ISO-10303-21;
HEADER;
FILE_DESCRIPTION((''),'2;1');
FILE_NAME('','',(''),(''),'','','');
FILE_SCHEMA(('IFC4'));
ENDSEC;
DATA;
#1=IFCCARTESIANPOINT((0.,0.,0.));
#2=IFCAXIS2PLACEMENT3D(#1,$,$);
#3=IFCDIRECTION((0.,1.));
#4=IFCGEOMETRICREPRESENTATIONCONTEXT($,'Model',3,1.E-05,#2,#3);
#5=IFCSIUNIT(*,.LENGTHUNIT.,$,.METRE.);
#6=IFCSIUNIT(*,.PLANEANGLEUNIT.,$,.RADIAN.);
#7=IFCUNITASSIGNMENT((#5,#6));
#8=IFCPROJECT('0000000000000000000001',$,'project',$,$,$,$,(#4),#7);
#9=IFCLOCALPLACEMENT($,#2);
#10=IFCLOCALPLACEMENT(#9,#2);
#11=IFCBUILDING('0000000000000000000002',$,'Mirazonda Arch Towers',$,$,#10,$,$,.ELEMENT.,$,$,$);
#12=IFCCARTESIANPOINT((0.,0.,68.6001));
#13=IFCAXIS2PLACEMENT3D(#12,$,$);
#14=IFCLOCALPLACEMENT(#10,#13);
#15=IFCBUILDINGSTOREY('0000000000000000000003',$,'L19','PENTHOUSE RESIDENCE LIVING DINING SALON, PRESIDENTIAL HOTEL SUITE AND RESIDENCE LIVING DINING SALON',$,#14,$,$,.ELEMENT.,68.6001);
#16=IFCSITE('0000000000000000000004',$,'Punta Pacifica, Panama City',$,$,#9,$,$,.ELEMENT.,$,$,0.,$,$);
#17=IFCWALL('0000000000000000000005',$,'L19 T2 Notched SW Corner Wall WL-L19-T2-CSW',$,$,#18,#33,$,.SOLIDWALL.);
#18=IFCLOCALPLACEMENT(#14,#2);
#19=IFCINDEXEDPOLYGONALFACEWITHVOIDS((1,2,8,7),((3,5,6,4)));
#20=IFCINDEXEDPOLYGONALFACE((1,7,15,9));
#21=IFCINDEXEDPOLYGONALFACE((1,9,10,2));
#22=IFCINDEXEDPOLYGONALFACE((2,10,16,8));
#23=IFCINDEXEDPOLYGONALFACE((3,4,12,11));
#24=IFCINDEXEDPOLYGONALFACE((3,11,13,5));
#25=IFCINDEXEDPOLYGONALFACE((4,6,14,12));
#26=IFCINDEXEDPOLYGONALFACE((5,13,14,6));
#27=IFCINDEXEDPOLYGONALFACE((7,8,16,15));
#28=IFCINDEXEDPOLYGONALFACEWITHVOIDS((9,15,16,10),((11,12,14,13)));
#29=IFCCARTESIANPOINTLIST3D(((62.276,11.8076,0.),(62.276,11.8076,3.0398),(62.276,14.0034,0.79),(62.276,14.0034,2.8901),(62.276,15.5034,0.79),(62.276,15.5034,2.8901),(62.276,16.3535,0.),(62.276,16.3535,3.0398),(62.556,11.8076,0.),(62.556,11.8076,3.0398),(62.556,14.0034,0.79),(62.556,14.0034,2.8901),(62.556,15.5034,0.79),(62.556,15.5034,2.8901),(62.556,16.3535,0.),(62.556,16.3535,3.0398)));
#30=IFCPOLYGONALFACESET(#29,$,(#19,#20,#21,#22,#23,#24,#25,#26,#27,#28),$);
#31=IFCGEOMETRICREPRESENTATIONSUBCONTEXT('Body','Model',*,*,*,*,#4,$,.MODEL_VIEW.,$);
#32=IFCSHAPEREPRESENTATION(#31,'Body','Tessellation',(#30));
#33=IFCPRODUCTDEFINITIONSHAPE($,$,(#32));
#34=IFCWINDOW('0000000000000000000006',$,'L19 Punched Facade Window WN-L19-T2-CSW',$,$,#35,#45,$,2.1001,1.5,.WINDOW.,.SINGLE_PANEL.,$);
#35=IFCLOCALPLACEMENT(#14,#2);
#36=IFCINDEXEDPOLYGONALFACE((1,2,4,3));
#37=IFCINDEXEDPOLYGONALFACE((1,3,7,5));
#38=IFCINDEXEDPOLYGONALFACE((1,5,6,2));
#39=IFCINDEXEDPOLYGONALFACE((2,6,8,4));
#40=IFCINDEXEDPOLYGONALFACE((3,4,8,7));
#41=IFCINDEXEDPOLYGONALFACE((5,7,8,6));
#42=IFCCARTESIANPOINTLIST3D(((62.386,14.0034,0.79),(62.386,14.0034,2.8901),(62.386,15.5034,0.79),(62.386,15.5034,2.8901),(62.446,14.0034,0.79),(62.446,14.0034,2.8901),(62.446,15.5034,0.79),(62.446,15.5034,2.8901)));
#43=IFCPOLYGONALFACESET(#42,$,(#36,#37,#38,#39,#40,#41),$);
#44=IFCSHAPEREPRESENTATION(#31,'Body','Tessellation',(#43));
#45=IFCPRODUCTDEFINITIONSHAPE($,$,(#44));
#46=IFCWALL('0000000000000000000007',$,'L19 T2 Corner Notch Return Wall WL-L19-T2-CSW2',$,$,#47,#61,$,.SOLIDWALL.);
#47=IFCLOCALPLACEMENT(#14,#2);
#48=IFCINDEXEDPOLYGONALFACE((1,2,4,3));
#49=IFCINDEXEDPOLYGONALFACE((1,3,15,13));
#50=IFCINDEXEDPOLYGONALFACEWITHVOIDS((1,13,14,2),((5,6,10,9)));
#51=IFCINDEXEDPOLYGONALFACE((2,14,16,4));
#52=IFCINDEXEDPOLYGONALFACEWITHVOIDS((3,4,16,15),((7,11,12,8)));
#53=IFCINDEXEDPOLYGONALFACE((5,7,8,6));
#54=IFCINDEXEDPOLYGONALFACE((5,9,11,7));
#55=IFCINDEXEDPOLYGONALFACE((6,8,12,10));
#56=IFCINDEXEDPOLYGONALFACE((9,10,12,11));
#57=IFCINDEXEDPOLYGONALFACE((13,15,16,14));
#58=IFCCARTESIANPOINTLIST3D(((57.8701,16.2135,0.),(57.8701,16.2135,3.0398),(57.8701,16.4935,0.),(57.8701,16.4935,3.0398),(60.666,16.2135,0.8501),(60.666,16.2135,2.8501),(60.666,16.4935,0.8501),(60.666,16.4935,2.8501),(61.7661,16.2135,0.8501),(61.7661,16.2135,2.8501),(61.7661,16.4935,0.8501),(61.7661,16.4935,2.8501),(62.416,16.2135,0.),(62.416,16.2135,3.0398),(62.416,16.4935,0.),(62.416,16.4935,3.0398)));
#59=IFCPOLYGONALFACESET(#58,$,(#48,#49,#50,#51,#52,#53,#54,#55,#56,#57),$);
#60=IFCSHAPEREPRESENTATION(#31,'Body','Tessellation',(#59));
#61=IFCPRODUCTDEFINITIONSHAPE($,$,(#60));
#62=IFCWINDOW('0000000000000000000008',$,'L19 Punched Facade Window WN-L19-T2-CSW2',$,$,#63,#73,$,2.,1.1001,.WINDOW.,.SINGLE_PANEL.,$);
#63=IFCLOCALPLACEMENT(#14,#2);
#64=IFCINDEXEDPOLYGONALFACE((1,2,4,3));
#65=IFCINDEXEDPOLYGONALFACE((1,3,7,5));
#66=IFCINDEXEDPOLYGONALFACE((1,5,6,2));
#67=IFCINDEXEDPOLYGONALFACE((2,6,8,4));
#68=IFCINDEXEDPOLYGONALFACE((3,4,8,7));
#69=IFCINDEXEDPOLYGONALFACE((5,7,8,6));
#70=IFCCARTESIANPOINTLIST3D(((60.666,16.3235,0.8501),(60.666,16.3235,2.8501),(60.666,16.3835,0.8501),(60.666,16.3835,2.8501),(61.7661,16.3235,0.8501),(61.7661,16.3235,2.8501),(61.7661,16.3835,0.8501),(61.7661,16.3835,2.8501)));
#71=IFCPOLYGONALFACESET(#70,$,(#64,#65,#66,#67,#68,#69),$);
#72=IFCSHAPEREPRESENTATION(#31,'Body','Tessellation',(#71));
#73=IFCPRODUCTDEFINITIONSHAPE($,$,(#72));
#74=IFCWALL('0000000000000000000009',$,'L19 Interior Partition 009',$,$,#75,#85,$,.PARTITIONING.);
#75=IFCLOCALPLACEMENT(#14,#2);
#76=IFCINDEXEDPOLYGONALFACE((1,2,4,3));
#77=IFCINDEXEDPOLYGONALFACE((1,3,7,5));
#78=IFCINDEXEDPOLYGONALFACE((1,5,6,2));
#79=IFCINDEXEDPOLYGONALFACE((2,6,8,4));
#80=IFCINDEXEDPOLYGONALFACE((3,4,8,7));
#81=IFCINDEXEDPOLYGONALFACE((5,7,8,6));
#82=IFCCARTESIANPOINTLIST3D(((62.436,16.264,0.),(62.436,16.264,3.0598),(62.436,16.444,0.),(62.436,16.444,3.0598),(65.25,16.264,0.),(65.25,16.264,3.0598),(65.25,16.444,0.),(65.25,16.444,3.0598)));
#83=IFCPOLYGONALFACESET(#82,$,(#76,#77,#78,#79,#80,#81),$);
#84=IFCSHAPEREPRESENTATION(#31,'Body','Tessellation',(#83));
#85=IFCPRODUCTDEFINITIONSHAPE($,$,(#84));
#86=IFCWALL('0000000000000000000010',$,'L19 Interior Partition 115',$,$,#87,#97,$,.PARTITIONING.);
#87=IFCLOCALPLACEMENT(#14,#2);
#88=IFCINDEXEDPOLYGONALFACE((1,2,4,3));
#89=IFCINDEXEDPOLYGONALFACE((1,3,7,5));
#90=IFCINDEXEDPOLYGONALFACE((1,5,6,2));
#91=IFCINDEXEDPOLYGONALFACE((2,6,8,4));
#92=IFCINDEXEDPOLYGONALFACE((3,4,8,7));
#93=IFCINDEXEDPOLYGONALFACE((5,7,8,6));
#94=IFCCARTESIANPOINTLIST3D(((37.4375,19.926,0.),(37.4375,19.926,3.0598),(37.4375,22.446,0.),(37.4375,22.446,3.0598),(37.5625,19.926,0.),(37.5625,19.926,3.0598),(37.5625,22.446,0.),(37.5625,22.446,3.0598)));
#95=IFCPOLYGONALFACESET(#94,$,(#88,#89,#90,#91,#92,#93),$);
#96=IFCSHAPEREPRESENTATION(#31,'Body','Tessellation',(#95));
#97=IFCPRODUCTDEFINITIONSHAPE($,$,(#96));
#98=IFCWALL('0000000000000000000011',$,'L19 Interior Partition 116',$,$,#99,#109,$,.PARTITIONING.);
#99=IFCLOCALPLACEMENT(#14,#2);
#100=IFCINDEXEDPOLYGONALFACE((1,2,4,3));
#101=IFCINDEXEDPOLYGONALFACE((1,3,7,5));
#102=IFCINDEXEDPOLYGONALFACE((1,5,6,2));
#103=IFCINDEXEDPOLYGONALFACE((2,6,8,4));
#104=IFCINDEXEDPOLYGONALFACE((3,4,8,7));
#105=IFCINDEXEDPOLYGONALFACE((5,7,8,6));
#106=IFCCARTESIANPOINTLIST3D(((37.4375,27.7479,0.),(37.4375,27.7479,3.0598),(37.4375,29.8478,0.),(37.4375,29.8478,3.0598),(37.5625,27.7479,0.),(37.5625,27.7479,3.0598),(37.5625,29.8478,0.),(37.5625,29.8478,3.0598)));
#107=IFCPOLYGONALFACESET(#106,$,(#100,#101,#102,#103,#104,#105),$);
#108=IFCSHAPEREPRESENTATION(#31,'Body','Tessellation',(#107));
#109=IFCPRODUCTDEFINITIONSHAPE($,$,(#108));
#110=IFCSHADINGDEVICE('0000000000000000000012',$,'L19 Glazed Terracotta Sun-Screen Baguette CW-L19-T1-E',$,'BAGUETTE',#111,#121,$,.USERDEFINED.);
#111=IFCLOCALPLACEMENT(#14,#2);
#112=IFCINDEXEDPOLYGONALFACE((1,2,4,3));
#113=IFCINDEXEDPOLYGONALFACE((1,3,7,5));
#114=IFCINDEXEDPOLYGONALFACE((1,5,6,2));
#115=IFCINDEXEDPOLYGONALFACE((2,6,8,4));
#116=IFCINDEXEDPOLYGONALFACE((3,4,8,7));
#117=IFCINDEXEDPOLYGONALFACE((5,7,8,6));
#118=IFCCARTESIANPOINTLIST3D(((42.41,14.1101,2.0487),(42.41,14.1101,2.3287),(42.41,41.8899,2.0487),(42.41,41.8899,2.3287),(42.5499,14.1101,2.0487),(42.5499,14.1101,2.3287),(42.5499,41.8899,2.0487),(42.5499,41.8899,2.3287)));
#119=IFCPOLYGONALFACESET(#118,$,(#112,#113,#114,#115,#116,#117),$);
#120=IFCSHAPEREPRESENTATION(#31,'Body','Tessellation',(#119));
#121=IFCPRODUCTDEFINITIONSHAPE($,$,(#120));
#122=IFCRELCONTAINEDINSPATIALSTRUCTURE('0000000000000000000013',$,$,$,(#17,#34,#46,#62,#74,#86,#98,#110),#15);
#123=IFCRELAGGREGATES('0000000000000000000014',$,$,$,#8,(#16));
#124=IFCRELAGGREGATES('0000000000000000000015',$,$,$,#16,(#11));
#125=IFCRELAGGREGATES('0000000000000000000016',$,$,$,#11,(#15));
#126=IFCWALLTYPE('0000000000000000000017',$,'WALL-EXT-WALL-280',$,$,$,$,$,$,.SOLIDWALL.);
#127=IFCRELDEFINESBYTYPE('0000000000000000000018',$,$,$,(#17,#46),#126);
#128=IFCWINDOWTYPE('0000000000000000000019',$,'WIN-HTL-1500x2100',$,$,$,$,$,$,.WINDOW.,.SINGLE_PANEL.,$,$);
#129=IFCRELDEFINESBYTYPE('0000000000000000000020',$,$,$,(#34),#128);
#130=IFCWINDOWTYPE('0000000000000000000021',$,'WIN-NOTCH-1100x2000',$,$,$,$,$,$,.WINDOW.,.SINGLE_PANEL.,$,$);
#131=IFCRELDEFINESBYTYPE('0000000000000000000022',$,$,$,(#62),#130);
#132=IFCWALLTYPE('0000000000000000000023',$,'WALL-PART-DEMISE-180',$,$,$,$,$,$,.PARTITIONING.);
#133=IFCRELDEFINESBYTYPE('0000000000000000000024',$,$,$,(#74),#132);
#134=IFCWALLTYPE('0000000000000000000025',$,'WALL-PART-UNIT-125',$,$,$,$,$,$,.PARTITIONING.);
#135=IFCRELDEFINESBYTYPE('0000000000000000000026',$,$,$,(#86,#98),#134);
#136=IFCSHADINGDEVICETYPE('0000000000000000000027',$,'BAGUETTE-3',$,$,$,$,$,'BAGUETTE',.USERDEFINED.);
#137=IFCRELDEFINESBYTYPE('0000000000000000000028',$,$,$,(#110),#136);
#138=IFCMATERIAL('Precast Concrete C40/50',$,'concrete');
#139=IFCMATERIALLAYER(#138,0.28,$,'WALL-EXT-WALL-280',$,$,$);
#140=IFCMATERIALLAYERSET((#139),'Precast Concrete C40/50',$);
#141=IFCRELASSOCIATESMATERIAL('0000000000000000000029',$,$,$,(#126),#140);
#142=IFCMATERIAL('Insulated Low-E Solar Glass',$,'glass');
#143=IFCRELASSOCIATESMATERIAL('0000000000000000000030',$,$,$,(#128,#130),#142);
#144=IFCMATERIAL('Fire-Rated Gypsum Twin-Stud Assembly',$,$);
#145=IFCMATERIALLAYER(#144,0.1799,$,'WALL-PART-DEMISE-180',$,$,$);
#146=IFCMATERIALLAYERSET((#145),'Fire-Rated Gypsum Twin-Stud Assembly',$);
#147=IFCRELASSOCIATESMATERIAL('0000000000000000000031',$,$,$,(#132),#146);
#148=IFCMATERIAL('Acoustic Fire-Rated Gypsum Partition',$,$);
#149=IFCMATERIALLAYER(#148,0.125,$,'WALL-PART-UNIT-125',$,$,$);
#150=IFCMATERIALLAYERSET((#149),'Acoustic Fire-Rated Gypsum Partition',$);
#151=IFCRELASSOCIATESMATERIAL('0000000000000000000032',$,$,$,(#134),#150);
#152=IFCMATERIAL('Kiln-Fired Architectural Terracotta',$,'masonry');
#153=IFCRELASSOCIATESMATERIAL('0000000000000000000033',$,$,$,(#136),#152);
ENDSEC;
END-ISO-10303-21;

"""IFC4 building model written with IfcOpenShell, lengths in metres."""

from ifc_helpers import new_model, si_unit, direction, frame, frame_2d, origin, origin_2d, place, context, subcontext, project, spatial, rectangle, extrude, material, layer, layer_set, material_profile, profile_set, type_object, element, fill, save


model = new_model("IFC4")

# Units and contexts
model_context = context("Model", 3, precision=1e-05, world=origin(), true_north=direction((0.0, 1.0)))
body_context = subcontext(model_context, "Body", "Model", "MODEL_VIEW")
ifc_project = project(units=[si_unit("LENGTHUNIT", "METRE"), si_unit("PLANEANGLEUNIT", "RADIAN")], contexts=[model_context])

# Site, building, storey
site_placement = place(None, origin())
site = spatial("IfcSite", under=ifc_project, at=site_placement, Name="Punta Pacifica, Panama City", CompositionType="ELEMENT", RefElevation=0.0)
building_placement = place(site_placement, origin())
building = spatial("IfcBuilding", under=site, at=building_placement, Name="Mirazonda Arch Towers", CompositionType="ELEMENT")
storey_placement = place(building_placement, frame((0.0, 0.0, 68.6001)))
storey = spatial("IfcBuildingStorey", under=building, at=storey_placement, Name="L19", Description="PENTHOUSE RESIDENCE LIVING DINING SALON, PRESIDENTIAL HOTEL SUITE AND RESIDENCE LIVING DINING SALON", CompositionType="ELEMENT", Elevation=68.6001)

# Shared definitions
ifc_material_1 = material(Name="Insulated Low-E Solar Glass", Category="glass")

# Shared definitions
ifc_material_2 = material(Name="Precast Concrete C40/50", Category="concrete")
ifc_layer_1 = layer(ifc_material_2, 0.28, Name="WALL-EXT-WALL-280")
ifc_layer_set_1 = layer_set([ifc_layer_1], Name="Precast Concrete C40/50")
wall_type_1 = type_object("IfcWallType", Name="WALL-EXT-WALL-280", PredefinedType="SOLIDWALL", material=ifc_layer_set_1)

# Walls, openings, windows
wall_1_placement = place(storey_placement, frame((62.416, 16.3535, 0.0), z_axis=(0.0, 0.0, 1.0), x_axis=(0.0, -1.0, 0.0)))
wall_1 = element("IfcWall", 1, at=wall_1_placement, inside=storey, type_object=wall_type_1, Name="L19 T2 Notched SW Corner Wall WL-L19-T2-CSW", PredefinedType="SOLIDWALL", context=body_context, shape_type="SweptSolid", body=[
    extrude(rectangle(XDim=4.5459, YDim=0.28, at=frame_2d((2.2729, 0.0))), origin(), (0.0, 0.0, 1.0), 3.0398),
])
opening_1_placement = place(wall_1_placement, frame((0.8501, 0.0, 0.79)))
opening_1 = element("IfcOpeningElement", 2, at=opening_1_placement, cuts=wall_1, PredefinedType="OPENING", context=body_context, shape_type="SweptSolid", body=[
    extrude(rectangle(XDim=1.5, YDim=2.1001, at=frame_2d((0.75, 1.05))), frame((0.0, 0.1499, 0.0), z_axis=(0.0, -1.0, 0.0), x_axis=(1.0, 0.0, 0.0)), (0.0, 0.0, 1.0), 0.3),
])
window_type_1 = type_object("IfcWindowType", Name="WIN-HTL-1500x2100", PartitioningType="SINGLE_PANEL", PredefinedType="WINDOW", material=ifc_material_1)
window_1_placement = place(opening_1_placement, origin())
window_1 = element("IfcWindow", 3, at=window_1_placement, inside=storey, type_object=window_type_1, Name="L19 Punched Facade Window WN-L19-T2-CSW", OverallHeight=2.1001, OverallWidth=1.5, PartitioningType="SINGLE_PANEL", PredefinedType="WINDOW", context=body_context, shape_type="SweptSolid", body=[
    extrude(rectangle(XDim=1.5, YDim=2.1001, at=frame_2d((0.75, 1.05))), frame((0.0, 0.03, 0.0), z_axis=(0.0, -1.0, 0.0), x_axis=(1.0, 0.0, 0.0)), (0.0, 0.0, 1.0), 0.0601),
])
fill(opening_1, window_1)
wall_2_placement = place(storey_placement, frame((57.8701, 16.3535, 0.0), z_axis=(0.0, 0.0, 1.0), x_axis=(1.0, 0.0, 0.0)))
wall_2 = element("IfcWall", 4, at=wall_2_placement, inside=storey, type_object=wall_type_1, Name="L19 T2 Corner Notch Return Wall WL-L19-T2-CSW2", PredefinedType="SOLIDWALL", context=body_context, shape_type="SweptSolid", body=[
    extrude(rectangle(XDim=4.5459, YDim=0.28, at=frame_2d((2.2729, 0.0))), origin(), (0.0, 0.0, 1.0), 3.0398),
])
opening_2_placement = place(wall_2_placement, frame((2.7959, 0.0, 0.8501)))
opening_2 = element("IfcOpeningElement", 5, at=opening_2_placement, cuts=wall_2, PredefinedType="OPENING", context=body_context, shape_type="SweptSolid", body=[
    extrude(rectangle(XDim=1.1001, YDim=2.0, at=frame_2d((0.55, 1.0))), frame((0.0, 0.1499, 0.0), z_axis=(0.0, -1.0, 0.0), x_axis=(1.0, 0.0, 0.0)), (0.0, 0.0, 1.0), 0.3),
])
window_type_2 = type_object("IfcWindowType", Name="WIN-NOTCH-1100x2000", PartitioningType="SINGLE_PANEL", PredefinedType="WINDOW", material=ifc_material_1)
window_2_placement = place(opening_2_placement, origin())
window_2 = element("IfcWindow", 6, at=window_2_placement, inside=storey, type_object=window_type_2, Name="L19 Punched Facade Window WN-L19-T2-CSW2", OverallHeight=2.0, OverallWidth=1.1001, PartitioningType="SINGLE_PANEL", PredefinedType="WINDOW", context=body_context, shape_type="SweptSolid", body=[
    extrude(rectangle(XDim=1.1001, YDim=2.0, at=frame_2d((0.55, 1.0))), frame((0.0, 0.03, 0.0), z_axis=(0.0, -1.0, 0.0), x_axis=(1.0, 0.0, 0.0)), (0.0, 0.0, 1.0), 0.0601),
])
fill(opening_2, window_2)

# Walls
ifc_material_3 = material(Name="Fire-Rated Gypsum Twin-Stud Assembly")
ifc_layer_2 = layer(ifc_material_3, 0.1799, Name="WALL-PART-DEMISE-180")
ifc_layer_set_2 = layer_set([ifc_layer_2], Name="Fire-Rated Gypsum Twin-Stud Assembly")
wall_type_2 = type_object("IfcWallType", Name="WALL-PART-DEMISE-180", PredefinedType="PARTITIONING", material=ifc_layer_set_2)
wall_3_placement = place(storey_placement, frame((62.436, 16.354, 0.0), z_axis=(0.0, 0.0, 1.0), x_axis=(1.0, 0.0, 0.0)))
element("IfcWall", 7, at=wall_3_placement, inside=storey, type_object=wall_type_2, Name="L19 Interior Partition 009", PredefinedType="PARTITIONING", context=body_context, shape_type="SweptSolid", body=[
    extrude(rectangle(XDim=2.814, YDim=0.1799, at=frame_2d((1.407, 0.0))), origin(), (0.0, 0.0, 1.0), 3.0598),
])
ifc_material_4 = material(Name="Acoustic Fire-Rated Gypsum Partition")
ifc_layer_3 = layer(ifc_material_4, 0.125, Name="WALL-PART-UNIT-125")
ifc_layer_set_3 = layer_set([ifc_layer_3], Name="Acoustic Fire-Rated Gypsum Partition")
wall_type_3 = type_object("IfcWallType", Name="WALL-PART-UNIT-125", PredefinedType="PARTITIONING", material=ifc_layer_set_3)
wall_4_placement = place(storey_placement, frame((37.5, 19.926, 0.0), z_axis=(0.0, 0.0, 1.0), x_axis=(0.0, 1.0, 0.0)))
element("IfcWall", 8, at=wall_4_placement, inside=storey, type_object=wall_type_3, Name="L19 Interior Partition 115", PredefinedType="PARTITIONING", context=body_context, shape_type="SweptSolid", body=[
    extrude(rectangle(XDim=2.52, YDim=0.125, at=frame_2d((1.26, 0.0))), origin(), (0.0, 0.0, 1.0), 3.0598),
])
wall_5_placement = place(storey_placement, frame((37.5, 27.748, 0.0), z_axis=(0.0, 0.0, 1.0), x_axis=(0.0, 1.0, 0.0)))
element("IfcWall", 9, at=wall_5_placement, inside=storey, type_object=wall_type_3, Name="L19 Interior Partition 116", PredefinedType="PARTITIONING", context=body_context, shape_type="SweptSolid", body=[
    extrude(rectangle(XDim=2.0999, YDim=0.125, at=frame_2d((1.0498, 0.0))), origin(), (0.0, 0.0, 1.0), 3.0598),
])

# Shading device
ifc_material_5 = material(Name="Kiln-Fired Architectural Terracotta", Category="masonry")
ifc_material_profile_1 = material_profile(ifc_material_5, rectangle(XDim=0.1399, YDim=0.28, at=origin_2d()), Name="TERRA-BAG-140x280")
ifc_profile_set_1 = profile_set([ifc_material_profile_1], Name="Kiln-Fired Architectural Terracotta")
shading_device_type = type_object("IfcShadingDeviceType", Name="BAGUETTE-3", ElementType="BAGUETTE", PredefinedType="USERDEFINED", material=ifc_profile_set_1)
shading_device_placement = place(storey_placement, frame((42.48, 14.1101, 2.1887), z_axis=(0.0, 1.0, 0.0), x_axis=(-1.0, 0.0, 0.0)))
element("IfcShadingDevice", 10, at=shading_device_placement, inside=storey, type_object=shading_device_type, Name="L19 Glazed Terracotta Sun-Screen Baguette CW-L19-T1-E", ObjectType="BAGUETTE", PredefinedType="USERDEFINED", context=body_context, shape_type="SweptSolid", body=[
    extrude(rectangle(XDim=0.1399, YDim=0.28, at=origin_2d()), origin(), (0.0, 0.0, 1.0), 27.7798),
])

save(model, "model.ifc")
